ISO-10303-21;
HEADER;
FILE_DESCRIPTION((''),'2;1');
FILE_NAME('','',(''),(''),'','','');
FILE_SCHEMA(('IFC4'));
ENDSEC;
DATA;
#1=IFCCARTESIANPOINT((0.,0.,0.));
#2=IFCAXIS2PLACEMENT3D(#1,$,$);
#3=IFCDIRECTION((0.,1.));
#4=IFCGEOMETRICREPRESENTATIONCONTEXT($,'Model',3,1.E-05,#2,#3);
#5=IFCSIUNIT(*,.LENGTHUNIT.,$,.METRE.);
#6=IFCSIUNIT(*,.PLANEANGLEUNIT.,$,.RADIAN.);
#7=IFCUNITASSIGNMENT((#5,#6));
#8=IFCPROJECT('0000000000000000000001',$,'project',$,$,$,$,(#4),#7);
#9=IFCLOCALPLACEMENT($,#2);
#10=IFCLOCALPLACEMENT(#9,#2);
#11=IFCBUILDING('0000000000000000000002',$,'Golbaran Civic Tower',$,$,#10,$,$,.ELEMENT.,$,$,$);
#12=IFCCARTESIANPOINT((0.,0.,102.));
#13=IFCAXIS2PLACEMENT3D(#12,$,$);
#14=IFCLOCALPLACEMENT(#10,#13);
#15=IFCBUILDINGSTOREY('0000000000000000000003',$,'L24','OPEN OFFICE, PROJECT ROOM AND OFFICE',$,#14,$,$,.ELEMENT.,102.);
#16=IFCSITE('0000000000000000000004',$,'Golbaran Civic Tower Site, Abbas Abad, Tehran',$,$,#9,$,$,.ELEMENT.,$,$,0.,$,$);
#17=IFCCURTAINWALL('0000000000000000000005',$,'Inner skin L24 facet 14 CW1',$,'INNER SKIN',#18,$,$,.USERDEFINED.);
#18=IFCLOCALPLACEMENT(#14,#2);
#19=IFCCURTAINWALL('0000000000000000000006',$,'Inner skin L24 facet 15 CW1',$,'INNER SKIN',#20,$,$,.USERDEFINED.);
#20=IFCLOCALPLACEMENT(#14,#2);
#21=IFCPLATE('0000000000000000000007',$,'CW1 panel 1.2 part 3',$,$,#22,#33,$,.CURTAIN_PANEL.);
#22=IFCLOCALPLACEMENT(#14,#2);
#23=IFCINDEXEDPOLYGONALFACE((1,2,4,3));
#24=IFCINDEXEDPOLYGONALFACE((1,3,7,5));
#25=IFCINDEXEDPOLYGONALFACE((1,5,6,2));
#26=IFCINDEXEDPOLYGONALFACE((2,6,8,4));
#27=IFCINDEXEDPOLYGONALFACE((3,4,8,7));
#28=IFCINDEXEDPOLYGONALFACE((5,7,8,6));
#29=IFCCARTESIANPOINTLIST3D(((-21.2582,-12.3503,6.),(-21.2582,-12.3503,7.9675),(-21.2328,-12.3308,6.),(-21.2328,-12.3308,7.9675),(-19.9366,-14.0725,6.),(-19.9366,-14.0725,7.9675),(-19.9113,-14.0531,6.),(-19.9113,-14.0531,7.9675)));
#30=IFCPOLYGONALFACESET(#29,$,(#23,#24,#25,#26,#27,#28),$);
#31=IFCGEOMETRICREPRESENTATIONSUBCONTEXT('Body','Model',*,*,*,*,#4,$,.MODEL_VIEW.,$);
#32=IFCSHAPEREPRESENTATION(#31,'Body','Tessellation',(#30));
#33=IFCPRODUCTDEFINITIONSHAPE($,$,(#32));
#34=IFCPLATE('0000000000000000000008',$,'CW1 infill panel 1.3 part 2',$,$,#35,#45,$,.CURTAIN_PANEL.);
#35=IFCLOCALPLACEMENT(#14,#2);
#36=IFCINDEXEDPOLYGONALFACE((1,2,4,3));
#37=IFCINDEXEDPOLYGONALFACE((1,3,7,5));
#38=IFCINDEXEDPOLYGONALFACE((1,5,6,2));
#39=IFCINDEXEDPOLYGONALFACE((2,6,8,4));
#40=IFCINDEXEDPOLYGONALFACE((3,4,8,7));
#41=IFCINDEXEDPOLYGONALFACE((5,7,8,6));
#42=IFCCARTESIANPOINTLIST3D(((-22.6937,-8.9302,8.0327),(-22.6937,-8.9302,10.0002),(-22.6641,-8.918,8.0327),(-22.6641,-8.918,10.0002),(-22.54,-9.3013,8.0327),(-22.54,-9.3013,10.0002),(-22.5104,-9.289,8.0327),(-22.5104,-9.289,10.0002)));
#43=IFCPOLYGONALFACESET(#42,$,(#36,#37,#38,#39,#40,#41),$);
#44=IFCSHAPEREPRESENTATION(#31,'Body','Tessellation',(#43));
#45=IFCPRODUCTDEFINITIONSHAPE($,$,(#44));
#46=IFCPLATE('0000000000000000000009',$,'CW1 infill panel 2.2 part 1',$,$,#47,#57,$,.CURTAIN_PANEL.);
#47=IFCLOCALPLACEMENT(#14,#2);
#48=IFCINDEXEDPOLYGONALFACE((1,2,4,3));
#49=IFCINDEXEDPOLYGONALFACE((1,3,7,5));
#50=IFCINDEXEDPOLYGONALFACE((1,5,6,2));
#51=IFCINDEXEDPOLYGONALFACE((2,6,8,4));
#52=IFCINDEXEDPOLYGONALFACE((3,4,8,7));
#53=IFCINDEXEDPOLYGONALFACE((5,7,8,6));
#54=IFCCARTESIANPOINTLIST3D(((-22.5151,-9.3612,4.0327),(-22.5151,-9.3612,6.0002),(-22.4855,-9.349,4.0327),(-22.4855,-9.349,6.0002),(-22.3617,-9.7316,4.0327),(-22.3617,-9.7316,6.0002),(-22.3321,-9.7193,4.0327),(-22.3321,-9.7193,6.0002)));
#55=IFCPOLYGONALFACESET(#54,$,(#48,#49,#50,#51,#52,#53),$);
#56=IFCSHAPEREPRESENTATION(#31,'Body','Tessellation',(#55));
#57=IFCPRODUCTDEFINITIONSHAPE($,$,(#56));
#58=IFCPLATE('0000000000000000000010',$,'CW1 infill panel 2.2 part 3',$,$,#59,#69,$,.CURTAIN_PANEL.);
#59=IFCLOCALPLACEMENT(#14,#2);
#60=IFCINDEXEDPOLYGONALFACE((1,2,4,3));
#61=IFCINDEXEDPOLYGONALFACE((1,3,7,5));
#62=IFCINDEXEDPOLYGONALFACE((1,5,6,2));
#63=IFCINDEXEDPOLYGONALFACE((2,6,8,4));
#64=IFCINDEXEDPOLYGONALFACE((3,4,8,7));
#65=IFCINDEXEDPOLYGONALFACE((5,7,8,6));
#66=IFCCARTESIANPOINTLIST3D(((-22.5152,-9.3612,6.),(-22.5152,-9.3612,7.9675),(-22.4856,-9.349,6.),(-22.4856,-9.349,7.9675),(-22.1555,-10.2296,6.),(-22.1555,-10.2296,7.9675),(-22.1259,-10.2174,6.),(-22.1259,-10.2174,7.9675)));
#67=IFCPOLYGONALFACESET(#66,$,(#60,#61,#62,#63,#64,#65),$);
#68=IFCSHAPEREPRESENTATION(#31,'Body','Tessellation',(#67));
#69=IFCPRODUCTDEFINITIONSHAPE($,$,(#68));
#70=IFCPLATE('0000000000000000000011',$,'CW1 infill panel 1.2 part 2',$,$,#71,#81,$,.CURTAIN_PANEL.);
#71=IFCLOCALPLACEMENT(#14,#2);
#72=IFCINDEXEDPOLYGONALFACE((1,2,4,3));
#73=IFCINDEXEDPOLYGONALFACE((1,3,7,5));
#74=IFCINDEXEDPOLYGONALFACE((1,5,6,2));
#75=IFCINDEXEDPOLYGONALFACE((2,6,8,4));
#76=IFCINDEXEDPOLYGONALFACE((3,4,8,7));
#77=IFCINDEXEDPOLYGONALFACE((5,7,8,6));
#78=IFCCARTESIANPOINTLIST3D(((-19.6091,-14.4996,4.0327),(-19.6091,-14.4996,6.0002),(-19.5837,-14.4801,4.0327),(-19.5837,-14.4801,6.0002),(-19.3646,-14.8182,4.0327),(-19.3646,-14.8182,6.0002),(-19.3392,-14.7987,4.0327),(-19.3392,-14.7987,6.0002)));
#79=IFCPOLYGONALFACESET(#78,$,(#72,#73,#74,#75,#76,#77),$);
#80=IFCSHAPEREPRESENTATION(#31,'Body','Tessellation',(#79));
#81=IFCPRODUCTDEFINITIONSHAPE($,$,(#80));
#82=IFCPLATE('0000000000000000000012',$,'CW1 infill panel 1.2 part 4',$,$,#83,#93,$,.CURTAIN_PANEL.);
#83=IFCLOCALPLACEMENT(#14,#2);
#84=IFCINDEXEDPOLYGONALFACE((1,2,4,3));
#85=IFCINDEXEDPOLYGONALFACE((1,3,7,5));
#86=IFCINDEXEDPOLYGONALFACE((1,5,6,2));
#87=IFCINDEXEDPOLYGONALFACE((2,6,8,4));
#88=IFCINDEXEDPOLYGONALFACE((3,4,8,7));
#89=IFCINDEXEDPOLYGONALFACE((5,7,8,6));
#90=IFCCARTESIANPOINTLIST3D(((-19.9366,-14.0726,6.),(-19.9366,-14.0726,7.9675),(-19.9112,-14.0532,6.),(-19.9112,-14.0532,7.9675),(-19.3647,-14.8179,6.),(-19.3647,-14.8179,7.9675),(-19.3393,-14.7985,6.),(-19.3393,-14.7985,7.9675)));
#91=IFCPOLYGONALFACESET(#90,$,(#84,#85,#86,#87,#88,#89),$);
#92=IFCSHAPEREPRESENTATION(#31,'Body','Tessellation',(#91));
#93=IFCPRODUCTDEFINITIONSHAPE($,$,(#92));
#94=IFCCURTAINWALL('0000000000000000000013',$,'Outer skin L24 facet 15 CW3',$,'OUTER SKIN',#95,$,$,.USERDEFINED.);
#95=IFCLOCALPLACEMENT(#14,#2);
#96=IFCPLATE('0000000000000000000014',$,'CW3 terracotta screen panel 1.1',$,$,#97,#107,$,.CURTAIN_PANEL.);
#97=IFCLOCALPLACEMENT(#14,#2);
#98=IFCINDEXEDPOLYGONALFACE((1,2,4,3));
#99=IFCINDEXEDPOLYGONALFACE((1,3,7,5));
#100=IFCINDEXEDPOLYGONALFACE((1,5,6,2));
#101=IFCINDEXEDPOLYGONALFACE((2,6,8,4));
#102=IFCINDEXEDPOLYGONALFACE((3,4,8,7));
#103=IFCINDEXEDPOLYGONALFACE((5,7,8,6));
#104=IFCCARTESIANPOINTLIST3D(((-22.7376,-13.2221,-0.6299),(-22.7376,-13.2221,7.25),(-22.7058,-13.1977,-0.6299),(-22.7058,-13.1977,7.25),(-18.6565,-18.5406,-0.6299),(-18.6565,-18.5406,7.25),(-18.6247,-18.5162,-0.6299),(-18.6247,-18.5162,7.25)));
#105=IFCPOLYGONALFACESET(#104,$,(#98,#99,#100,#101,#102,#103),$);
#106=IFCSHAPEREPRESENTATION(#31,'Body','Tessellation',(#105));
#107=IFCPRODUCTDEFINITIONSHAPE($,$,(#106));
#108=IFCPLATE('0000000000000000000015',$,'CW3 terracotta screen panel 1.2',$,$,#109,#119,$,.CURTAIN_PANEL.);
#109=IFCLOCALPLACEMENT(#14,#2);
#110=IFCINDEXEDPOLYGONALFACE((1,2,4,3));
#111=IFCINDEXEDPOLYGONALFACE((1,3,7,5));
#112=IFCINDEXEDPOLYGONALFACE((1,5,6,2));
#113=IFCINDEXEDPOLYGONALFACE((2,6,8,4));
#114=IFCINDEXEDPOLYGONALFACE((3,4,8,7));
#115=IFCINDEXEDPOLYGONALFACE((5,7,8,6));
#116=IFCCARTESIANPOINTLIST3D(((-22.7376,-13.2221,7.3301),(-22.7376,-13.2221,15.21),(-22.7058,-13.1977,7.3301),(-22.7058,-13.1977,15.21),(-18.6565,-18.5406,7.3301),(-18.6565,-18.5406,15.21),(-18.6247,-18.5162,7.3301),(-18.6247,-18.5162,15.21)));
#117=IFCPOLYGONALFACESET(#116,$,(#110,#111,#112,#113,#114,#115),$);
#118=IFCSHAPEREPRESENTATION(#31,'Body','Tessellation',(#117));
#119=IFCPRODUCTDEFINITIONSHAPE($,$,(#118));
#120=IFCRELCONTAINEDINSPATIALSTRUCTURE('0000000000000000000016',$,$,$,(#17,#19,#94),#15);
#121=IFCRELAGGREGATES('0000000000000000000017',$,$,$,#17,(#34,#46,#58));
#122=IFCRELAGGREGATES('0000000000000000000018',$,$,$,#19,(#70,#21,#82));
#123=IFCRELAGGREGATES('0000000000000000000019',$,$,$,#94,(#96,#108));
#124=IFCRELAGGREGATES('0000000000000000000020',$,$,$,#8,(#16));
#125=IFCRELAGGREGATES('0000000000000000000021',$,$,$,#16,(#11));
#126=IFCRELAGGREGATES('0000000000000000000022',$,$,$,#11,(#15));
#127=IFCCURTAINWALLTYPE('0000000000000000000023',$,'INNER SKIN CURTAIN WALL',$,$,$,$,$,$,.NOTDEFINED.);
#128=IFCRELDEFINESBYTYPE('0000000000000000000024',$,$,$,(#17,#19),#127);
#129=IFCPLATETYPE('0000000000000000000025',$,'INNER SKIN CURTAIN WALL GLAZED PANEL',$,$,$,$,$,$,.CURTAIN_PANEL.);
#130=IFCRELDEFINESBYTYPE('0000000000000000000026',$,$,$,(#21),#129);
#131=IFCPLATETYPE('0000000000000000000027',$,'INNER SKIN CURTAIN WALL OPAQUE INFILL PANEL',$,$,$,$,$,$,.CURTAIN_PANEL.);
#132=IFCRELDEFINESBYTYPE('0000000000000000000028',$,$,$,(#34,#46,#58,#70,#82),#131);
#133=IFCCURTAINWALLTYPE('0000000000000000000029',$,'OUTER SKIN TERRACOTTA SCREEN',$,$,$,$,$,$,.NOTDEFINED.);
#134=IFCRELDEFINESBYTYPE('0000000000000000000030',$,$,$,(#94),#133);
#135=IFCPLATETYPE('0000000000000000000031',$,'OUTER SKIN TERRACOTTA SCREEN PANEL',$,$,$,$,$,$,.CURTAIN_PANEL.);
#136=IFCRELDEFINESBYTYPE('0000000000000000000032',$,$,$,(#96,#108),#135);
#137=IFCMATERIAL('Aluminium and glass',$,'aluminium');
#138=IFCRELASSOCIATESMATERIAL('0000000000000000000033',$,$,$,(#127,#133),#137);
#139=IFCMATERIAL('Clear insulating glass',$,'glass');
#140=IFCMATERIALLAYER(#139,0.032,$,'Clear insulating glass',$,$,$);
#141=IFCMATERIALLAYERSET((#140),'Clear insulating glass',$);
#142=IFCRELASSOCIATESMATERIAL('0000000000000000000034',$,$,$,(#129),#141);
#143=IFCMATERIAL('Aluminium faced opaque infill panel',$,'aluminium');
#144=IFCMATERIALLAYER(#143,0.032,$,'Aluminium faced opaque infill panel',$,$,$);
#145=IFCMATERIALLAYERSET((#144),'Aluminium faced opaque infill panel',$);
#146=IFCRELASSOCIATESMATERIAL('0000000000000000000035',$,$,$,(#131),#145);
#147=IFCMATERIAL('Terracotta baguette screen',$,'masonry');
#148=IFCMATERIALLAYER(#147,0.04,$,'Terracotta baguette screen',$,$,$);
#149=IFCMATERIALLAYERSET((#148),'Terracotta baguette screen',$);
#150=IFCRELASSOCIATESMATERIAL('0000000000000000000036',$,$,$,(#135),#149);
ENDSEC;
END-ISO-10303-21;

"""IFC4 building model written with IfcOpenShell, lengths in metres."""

from ifc_helpers import new_model, si_unit, direction, frame, origin, origin_2d, place, context, subcontext, project, spatial, rectangle, extrude, material, layer, layer_set, type_object, element, aggregate, save


model = new_model("IFC4")

# Units and contexts
model_context = context("Model", 3, precision=1e-05, world=origin(), true_north=direction((0.0, 1.0)))
body_context = subcontext(model_context, "Body", "Model", "MODEL_VIEW")
ifc_project = project(units=[si_unit("LENGTHUNIT", "METRE"), si_unit("PLANEANGLEUNIT", "RADIAN")], contexts=[model_context])

# Site, building, storey
site_placement = place(None, origin())
site = spatial("IfcSite", under=ifc_project, at=site_placement, Name="Golbaran Civic Tower Site, Abbas Abad, Tehran", CompositionType="ELEMENT", RefElevation=0.0)
building_placement = place(site_placement, origin())
building = spatial("IfcBuilding", under=site, at=building_placement, Name="Golbaran Civic Tower", CompositionType="ELEMENT")
storey_placement = place(building_placement, frame((0.0, 0.0, 102.0)))
storey = spatial("IfcBuildingStorey", under=building, at=storey_placement, Name="L24", Description="OPEN OFFICE, PROJECT ROOM AND OFFICE", CompositionType="ELEMENT", Elevation=102.0)

# Curtain wall
ifc_material_1 = material(Name="Aluminium and glass", Category="aluminium")
curtain_wall_type_1 = type_object("IfcCurtainWallType", Name="INNER SKIN CURTAIN WALL", PredefinedType="NOTDEFINED", material=ifc_material_1)
curtain_wall_1_placement = place(storey_placement, origin())
curtain_wall_1 = element("IfcCurtainWall", 1, at=curtain_wall_1_placement, inside=storey, type_object=curtain_wall_type_1, Name="Inner skin L24 facet 14 CW1", ObjectType="INNER SKIN", PredefinedType="USERDEFINED")

# Curtain wall
curtain_wall_2_placement = place(storey_placement, origin())
curtain_wall_2 = element("IfcCurtainWall", 2, at=curtain_wall_2_placement, inside=storey, type_object=curtain_wall_type_1, Name="Inner skin L24 facet 15 CW1", ObjectType="INNER SKIN", PredefinedType="USERDEFINED")

# Plates
ifc_material_2 = material(Name="Clear insulating glass", Category="glass")
ifc_layer_1 = layer(ifc_material_2, 0.032, Name="Clear insulating glass")
ifc_layer_set_1 = layer_set([ifc_layer_1], Name="Clear insulating glass")
plate_type_1 = type_object("IfcPlateType", Name="INNER SKIN CURTAIN WALL GLAZED PANEL", PredefinedType="CURTAIN_PANEL", material=ifc_layer_set_1)
plate_1_placement = place(storey_placement, frame((-20.5847, -13.2017, 6.0), z_axis=(0.0, 0.0, 1.0), x_axis=(0.608761, -0.793353, 0.0)))
plate_1 = element("IfcPlate", 3, at=plate_1_placement, type_object=plate_type_1, Name="CW1 panel 1.2 part 3", PredefinedType="CURTAIN_PANEL", context=body_context, shape_type="SweptSolid", body=[
    extrude(rectangle(XDim=2.1709, YDim=0.032, at=origin_2d()), origin(), (0.0, 0.0, 1.0), 1.9675),
])
ifc_material_3 = material(Name="Aluminium faced opaque infill panel", Category="aluminium")
ifc_layer_2 = layer(ifc_material_3, 0.032, Name="Aluminium faced opaque infill panel")
ifc_layer_set_2 = layer_set([ifc_layer_2], Name="Aluminium faced opaque infill panel")
plate_type_2 = type_object("IfcPlateType", Name="INNER SKIN CURTAIN WALL OPAQUE INFILL PANEL", PredefinedType="CURTAIN_PANEL", material=ifc_layer_set_2)
plate_2_placement = place(storey_placement, frame((-22.6021, -9.1096, 8.0327), z_axis=(0.0, 0.0, 1.0), x_axis=(0.382683, -0.92388, 0.0)))
plate_2 = element("IfcPlate", 4, at=plate_2_placement, type_object=plate_type_2, Name="CW1 infill panel 1.3 part 2", PredefinedType="CURTAIN_PANEL", context=body_context, shape_type="SweptSolid", body=[
    extrude(rectangle(XDim=0.4016, YDim=0.032, at=origin_2d()), origin(), (0.0, 0.0, 1.0), 1.9675),
])
plate_3_placement = place(storey_placement, frame((-22.4236, -9.5403, 4.0327), z_axis=(0.0, 0.0, 1.0), x_axis=(0.382683, -0.92388, 0.0)))
plate_3 = element("IfcPlate", 5, at=plate_3_placement, type_object=plate_type_2, Name="CW1 infill panel 2.2 part 1", PredefinedType="CURTAIN_PANEL", context=body_context, shape_type="SweptSolid", body=[
    extrude(rectangle(XDim=0.4009, YDim=0.032, at=origin_2d()), origin(), (0.0, 0.0, 1.0), 1.9675),
])
plate_4_placement = place(storey_placement, frame((-22.3206, -9.7893, 6.0), z_axis=(0.0, 0.0, 1.0), x_axis=(0.382683, -0.92388, 0.0)))
plate_4 = element("IfcPlate", 6, at=plate_4_placement, type_object=plate_type_2, Name="CW1 infill panel 2.2 part 3", PredefinedType="CURTAIN_PANEL", context=body_context, shape_type="SweptSolid", body=[
    extrude(rectangle(XDim=0.9399, YDim=0.032, at=origin_2d()), origin(), (0.0, 0.0, 1.0), 1.9675),
])
aggregate(curtain_wall_1, [plate_2, plate_3, plate_4])
plate_5_placement = place(storey_placement, frame((-19.4741, -14.6492, 4.0327), z_axis=(0.0, 0.0, 1.0), x_axis=(0.608761, -0.793353, 0.0)))
plate_5 = element("IfcPlate", 7, at=plate_5_placement, type_object=plate_type_2, Name="CW1 infill panel 1.2 part 2", PredefinedType="CURTAIN_PANEL", context=body_context, shape_type="SweptSolid", body=[
    extrude(rectangle(XDim=0.4016, YDim=0.032, at=origin_2d()), origin(), (0.0, 0.0, 1.0), 1.9675),
])
plate_6_placement = place(storey_placement, frame((-19.6379, -14.4355, 6.0), z_axis=(0.0, 0.0, 1.0), x_axis=(0.608761, -0.793353, 0.0)))
plate_6 = element("IfcPlate", 8, at=plate_6_placement, type_object=plate_type_2, Name="CW1 infill panel 1.2 part 4", PredefinedType="CURTAIN_PANEL", context=body_context, shape_type="SweptSolid", body=[
    extrude(rectangle(XDim=0.9395, YDim=0.032, at=origin_2d()), origin(), (0.0, 0.0, 1.0), 1.9675),
])
aggregate(curtain_wall_2, [plate_5, plate_1, plate_6])

# Curtain wall, plates
curtain_wall_type_2 = type_object("IfcCurtainWallType", Name="OUTER SKIN TERRACOTTA SCREEN", PredefinedType="NOTDEFINED", material=ifc_material_1)
curtain_wall_3_placement = place(storey_placement, origin())
curtain_wall_3 = element("IfcCurtainWall", 9, at=curtain_wall_3_placement, inside=storey, type_object=curtain_wall_type_2, Name="Outer skin L24 facet 15 CW3", ObjectType="OUTER SKIN", PredefinedType="USERDEFINED")
ifc_material_4 = material(Name="Terracotta baguette screen", Category="masonry")
ifc_layer_3 = layer(ifc_material_4, 0.04, Name="Terracotta baguette screen")
ifc_layer_set_3 = layer_set([ifc_layer_3], Name="Terracotta baguette screen")
plate_type_3 = type_object("IfcPlateType", Name="OUTER SKIN TERRACOTTA SCREEN PANEL", PredefinedType="CURTAIN_PANEL", material=ifc_layer_set_3)
plate_7_placement = place(storey_placement, frame((-20.6812, -15.8691, -0.6299), z_axis=(0.0, 0.0, 1.0), x_axis=(0.608761, -0.793353, 0.0)))
plate_7 = element("IfcPlate", 10, at=plate_7_placement, type_object=plate_type_3, Name="CW3 terracotta screen panel 1.1", PredefinedType="CURTAIN_PANEL", context=body_context, shape_type="SweptSolid", body=[
    extrude(rectangle(XDim=6.7039, YDim=0.04, at=origin_2d()), origin(), (0.0, 0.0, 1.0), 7.8799),
])
plate_8_placement = place(storey_placement, frame((-20.6812, -15.8691, 7.3301), z_axis=(0.0, 0.0, 1.0), x_axis=(0.608761, -0.793353, 0.0)))
plate_8 = element("IfcPlate", 11, at=plate_8_placement, type_object=plate_type_3, Name="CW3 terracotta screen panel 1.2", PredefinedType="CURTAIN_PANEL", context=body_context, shape_type="SweptSolid", body=[
    extrude(rectangle(XDim=6.7039, YDim=0.04, at=origin_2d()), origin(), (0.0, 0.0, 1.0), 7.8799),
])
aggregate(curtain_wall_3, [plate_7, plate_8])

save(model, "model.ifc")
